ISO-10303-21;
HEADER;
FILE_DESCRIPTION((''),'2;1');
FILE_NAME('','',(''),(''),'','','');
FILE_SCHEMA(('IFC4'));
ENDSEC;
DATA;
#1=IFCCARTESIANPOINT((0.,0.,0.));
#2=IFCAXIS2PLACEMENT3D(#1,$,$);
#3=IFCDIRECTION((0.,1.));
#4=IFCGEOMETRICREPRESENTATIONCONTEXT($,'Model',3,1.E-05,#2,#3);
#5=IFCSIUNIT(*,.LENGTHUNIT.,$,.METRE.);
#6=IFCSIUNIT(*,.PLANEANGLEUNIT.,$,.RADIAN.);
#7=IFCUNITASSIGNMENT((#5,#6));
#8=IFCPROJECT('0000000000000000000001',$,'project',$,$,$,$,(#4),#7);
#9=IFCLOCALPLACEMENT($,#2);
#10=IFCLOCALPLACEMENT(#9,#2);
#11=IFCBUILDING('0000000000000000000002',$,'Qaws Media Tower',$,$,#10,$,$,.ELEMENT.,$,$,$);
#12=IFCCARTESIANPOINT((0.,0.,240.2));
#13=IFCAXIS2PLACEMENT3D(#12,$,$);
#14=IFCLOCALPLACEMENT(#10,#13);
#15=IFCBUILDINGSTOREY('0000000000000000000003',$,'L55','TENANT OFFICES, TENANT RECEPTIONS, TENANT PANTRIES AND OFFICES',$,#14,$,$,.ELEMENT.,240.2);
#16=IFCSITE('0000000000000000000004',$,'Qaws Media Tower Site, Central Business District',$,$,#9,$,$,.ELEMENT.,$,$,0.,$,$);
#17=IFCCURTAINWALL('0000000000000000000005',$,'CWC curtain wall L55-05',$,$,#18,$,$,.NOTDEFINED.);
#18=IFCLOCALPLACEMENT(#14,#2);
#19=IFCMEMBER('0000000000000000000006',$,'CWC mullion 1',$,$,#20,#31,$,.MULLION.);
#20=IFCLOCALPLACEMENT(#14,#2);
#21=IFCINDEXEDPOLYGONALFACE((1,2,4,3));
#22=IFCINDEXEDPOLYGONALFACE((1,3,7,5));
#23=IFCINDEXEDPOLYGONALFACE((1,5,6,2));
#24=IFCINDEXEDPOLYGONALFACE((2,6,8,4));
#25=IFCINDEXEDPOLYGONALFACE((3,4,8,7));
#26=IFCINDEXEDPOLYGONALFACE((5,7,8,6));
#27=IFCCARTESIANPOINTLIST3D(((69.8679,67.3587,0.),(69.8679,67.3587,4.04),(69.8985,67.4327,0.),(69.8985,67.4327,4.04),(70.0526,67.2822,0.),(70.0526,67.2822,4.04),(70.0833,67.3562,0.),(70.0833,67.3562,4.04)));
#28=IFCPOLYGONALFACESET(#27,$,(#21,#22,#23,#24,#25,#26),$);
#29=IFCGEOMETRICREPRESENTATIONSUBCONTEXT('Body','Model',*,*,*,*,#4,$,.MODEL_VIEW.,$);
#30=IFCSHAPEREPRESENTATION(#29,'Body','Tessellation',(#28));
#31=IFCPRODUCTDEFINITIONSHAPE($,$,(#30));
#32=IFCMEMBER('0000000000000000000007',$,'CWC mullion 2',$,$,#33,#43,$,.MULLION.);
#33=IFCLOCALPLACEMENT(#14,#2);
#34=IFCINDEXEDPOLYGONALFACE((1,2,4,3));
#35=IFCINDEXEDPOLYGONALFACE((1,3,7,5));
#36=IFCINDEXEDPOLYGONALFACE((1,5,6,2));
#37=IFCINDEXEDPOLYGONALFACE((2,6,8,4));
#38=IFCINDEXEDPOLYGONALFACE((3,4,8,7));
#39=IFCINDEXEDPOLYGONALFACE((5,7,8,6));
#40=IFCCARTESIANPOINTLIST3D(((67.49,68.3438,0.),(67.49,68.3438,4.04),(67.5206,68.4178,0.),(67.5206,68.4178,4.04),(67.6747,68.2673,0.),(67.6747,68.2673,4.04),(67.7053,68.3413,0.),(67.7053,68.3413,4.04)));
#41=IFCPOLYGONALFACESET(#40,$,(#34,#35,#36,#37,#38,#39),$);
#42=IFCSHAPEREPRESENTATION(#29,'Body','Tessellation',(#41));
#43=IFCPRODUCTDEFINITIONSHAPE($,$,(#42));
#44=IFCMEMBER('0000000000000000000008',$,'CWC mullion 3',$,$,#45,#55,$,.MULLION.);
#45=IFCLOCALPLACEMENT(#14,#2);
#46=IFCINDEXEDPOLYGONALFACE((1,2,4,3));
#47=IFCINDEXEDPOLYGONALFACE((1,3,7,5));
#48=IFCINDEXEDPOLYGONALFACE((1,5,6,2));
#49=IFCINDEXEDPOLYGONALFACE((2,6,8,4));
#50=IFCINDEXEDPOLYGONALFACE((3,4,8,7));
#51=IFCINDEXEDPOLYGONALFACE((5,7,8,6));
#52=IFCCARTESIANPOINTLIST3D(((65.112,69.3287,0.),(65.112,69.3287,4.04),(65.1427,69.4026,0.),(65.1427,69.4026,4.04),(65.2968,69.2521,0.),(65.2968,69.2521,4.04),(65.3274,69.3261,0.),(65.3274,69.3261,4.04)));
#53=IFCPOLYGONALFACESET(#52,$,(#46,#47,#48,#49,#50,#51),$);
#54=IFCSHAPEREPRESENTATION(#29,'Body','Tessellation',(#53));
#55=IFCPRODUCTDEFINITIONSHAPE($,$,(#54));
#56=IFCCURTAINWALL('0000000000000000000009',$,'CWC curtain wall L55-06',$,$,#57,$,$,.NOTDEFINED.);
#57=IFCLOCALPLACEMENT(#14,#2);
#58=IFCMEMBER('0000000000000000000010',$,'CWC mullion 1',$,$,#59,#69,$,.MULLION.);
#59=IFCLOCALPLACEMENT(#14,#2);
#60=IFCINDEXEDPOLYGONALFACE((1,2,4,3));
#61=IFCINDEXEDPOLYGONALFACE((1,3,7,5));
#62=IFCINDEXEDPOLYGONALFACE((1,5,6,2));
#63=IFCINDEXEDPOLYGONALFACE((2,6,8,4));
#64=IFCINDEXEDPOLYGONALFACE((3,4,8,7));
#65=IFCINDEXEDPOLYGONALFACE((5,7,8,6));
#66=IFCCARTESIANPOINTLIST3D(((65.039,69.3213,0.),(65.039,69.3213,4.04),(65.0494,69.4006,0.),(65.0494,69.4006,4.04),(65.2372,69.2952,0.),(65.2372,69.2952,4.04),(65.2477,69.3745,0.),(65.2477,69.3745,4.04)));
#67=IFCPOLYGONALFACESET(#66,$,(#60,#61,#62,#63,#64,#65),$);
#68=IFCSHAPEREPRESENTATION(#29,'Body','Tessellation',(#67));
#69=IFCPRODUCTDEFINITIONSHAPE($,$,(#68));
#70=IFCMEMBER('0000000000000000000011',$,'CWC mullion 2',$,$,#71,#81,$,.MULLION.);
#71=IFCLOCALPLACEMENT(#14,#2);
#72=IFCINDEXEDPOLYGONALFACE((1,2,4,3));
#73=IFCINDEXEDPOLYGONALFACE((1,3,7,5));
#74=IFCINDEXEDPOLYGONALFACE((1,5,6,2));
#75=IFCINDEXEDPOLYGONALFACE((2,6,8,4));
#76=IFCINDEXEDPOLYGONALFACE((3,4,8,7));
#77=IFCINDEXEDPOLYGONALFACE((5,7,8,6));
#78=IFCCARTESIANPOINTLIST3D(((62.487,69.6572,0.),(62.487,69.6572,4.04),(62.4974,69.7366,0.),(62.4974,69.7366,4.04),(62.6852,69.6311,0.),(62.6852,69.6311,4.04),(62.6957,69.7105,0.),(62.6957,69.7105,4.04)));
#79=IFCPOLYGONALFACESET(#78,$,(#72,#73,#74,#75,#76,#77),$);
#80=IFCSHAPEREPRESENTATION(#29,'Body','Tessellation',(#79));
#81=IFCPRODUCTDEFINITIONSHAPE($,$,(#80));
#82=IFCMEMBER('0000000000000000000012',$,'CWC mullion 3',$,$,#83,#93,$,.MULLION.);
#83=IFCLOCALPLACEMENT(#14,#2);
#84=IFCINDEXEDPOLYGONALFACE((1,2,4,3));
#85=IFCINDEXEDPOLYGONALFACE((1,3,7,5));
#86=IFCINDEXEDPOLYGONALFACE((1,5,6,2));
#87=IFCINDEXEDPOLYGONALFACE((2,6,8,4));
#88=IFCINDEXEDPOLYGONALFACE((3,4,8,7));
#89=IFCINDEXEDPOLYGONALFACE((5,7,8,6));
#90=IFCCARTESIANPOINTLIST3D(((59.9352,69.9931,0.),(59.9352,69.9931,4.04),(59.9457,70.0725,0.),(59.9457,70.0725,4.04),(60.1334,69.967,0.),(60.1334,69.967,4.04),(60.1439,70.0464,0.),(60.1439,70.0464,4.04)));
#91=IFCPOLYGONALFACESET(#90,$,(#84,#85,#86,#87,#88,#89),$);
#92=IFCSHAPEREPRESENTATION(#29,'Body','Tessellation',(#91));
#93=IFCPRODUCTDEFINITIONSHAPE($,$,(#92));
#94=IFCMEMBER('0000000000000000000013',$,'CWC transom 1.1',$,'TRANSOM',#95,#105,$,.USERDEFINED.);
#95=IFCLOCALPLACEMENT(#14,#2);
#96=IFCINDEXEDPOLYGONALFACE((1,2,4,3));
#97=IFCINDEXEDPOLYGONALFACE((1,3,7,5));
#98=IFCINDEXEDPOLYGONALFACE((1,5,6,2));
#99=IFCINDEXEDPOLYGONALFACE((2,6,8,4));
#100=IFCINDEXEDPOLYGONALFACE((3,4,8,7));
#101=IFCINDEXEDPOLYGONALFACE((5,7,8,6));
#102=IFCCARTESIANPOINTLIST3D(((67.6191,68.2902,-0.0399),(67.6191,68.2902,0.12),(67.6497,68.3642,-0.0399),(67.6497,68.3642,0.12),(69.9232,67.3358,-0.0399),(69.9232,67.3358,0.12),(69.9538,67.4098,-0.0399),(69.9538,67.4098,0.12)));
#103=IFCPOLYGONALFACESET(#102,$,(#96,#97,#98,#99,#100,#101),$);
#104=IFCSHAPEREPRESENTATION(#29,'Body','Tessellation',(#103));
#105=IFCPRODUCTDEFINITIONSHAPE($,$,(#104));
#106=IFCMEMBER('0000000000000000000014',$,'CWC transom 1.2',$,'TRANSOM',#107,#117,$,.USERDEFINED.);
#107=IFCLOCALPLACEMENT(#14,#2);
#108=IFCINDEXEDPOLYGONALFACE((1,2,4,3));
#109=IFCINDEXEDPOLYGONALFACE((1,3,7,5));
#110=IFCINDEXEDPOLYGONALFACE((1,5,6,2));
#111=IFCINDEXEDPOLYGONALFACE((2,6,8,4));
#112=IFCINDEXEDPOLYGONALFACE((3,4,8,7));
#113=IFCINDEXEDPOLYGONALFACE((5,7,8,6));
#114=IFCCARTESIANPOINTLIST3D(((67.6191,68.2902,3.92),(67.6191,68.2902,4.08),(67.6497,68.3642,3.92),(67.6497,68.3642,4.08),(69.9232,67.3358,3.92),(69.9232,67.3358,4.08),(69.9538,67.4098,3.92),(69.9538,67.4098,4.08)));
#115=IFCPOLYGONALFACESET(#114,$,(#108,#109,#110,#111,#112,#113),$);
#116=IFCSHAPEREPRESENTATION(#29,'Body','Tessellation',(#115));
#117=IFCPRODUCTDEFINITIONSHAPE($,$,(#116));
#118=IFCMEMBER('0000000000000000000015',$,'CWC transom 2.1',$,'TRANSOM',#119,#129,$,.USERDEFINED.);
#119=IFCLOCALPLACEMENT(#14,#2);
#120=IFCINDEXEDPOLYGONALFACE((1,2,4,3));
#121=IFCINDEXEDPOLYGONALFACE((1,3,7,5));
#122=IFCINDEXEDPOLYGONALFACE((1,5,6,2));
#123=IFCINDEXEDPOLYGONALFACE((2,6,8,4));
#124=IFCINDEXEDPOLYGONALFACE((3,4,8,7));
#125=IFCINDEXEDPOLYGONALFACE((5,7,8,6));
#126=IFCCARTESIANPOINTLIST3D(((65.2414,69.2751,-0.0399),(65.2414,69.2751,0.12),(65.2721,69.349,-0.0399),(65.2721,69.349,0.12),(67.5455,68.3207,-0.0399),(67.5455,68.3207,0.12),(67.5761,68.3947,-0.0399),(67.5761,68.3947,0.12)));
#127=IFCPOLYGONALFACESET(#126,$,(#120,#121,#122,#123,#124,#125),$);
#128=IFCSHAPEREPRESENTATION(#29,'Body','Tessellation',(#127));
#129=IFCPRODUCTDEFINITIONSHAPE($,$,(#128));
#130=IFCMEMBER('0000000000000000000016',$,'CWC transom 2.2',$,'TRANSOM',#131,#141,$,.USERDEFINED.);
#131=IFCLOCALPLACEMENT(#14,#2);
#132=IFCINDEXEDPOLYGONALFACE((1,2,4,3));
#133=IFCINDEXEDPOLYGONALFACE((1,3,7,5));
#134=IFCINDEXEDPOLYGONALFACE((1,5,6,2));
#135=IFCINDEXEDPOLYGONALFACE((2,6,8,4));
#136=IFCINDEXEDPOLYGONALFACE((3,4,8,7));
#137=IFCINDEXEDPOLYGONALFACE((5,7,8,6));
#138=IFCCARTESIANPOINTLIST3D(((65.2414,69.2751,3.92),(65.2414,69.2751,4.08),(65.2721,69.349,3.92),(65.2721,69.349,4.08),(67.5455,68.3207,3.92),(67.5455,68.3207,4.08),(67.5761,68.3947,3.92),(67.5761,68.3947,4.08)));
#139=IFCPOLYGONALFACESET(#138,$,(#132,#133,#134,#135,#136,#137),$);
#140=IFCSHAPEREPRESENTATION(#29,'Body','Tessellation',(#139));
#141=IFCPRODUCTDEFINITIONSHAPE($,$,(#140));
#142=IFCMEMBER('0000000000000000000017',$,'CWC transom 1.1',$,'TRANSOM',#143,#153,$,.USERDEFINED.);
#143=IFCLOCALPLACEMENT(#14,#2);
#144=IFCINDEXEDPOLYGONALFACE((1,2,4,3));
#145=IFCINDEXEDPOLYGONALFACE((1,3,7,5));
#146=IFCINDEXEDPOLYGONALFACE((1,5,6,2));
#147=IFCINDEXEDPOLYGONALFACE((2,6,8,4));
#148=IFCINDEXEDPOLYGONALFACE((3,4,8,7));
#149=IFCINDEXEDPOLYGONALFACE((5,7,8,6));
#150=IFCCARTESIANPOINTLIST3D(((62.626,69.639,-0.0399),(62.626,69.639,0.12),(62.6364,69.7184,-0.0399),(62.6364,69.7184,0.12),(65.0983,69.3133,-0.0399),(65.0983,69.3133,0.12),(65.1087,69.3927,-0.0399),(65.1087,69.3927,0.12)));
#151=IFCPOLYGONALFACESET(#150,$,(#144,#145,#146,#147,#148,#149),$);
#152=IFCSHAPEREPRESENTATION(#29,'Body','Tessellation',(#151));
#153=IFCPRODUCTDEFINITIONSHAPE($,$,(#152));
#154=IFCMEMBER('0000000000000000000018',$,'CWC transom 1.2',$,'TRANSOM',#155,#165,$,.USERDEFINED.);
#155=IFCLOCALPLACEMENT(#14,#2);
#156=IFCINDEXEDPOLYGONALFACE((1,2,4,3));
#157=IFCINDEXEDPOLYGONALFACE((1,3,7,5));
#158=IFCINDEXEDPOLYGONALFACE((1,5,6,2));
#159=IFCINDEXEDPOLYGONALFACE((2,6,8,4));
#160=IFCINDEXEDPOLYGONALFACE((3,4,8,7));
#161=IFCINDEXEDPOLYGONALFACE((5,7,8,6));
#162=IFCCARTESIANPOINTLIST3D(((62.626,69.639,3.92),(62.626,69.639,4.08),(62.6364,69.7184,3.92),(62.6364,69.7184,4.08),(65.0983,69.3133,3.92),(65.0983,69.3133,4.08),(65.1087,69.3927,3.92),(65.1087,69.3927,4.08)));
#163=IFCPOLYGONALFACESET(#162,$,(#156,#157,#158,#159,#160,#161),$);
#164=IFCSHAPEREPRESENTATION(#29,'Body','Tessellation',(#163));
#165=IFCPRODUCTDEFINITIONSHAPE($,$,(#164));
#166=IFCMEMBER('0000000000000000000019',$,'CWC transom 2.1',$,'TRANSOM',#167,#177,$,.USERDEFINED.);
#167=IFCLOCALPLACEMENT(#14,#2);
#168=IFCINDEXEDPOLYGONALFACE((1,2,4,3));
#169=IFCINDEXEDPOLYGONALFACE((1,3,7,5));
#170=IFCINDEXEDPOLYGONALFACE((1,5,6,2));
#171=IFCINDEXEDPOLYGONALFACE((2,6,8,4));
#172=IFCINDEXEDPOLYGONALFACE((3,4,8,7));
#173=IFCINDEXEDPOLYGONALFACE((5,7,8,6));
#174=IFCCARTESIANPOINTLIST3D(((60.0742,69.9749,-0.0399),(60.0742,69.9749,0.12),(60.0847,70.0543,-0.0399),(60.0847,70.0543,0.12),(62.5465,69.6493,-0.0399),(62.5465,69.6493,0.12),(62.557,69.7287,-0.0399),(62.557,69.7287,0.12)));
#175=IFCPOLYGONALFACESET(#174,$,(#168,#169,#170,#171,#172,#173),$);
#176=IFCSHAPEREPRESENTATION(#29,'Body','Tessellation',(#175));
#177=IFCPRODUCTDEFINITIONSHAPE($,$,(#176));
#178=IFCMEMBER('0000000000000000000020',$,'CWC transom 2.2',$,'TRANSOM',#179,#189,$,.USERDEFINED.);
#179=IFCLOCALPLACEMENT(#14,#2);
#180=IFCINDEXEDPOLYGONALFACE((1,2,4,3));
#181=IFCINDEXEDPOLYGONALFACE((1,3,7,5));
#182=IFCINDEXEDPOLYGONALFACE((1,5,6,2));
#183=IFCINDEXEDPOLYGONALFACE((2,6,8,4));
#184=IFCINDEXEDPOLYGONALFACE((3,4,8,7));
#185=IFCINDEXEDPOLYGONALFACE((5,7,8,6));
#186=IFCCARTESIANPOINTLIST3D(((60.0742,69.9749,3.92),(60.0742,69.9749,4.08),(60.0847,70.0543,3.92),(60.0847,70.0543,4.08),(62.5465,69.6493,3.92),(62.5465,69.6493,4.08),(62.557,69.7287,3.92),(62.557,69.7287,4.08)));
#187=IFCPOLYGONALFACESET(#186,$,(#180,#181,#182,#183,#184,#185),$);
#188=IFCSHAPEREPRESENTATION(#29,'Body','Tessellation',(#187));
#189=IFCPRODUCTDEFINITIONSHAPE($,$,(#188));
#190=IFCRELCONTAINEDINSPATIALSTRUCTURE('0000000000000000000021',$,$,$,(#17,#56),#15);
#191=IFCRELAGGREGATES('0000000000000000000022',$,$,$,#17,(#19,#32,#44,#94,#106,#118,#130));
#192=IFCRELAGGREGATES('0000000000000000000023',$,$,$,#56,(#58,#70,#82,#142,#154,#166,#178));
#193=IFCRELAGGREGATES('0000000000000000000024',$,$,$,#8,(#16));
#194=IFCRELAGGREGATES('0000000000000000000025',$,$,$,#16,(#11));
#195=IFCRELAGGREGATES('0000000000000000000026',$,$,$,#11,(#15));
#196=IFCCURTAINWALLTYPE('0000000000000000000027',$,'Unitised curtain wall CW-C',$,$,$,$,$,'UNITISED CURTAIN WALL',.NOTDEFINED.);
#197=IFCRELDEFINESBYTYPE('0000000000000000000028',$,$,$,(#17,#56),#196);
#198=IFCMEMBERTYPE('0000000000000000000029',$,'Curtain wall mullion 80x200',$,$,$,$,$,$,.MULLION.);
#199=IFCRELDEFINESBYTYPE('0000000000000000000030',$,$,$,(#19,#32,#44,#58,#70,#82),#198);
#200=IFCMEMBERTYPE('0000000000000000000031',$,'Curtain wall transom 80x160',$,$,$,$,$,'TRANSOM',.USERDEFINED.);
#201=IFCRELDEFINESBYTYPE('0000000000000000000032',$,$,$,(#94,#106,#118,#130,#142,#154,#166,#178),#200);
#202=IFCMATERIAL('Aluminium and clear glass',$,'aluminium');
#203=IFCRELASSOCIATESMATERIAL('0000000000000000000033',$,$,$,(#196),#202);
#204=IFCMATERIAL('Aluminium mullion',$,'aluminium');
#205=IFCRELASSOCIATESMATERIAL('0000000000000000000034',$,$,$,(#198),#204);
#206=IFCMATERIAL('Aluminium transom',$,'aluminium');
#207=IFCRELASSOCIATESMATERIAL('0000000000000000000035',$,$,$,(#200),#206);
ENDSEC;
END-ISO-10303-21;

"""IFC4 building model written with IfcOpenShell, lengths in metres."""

from ifc_helpers import new_model, si_unit, direction, frame, origin, origin_2d, place, context, subcontext, project, spatial, rectangle, extrude, material, material_profile, profile_set, type_object, element, aggregate, save


model = new_model("IFC4")

# Units and contexts
model_context = context("Model", 3, precision=1e-05, world=origin(), true_north=direction((0.0, 1.0)))
body_context = subcontext(model_context, "Body", "Model", "MODEL_VIEW")
ifc_project = project(units=[si_unit("LENGTHUNIT", "METRE"), si_unit("PLANEANGLEUNIT", "RADIAN")], contexts=[model_context])

# Site, building, storey
site_placement = place(None, origin())
site = spatial("IfcSite", under=ifc_project, at=site_placement, Name="Qaws Media Tower Site, Central Business District", CompositionType="ELEMENT", RefElevation=0.0)
building_placement = place(site_placement, origin())
building = spatial("IfcBuilding", under=site, at=building_placement, Name="Qaws Media Tower", CompositionType="ELEMENT")
storey_placement = place(building_placement, frame((0.0, 0.0, 240.2)))
storey = spatial("IfcBuildingStorey", under=building, at=storey_placement, Name="L55", Description="TENANT OFFICES, TENANT RECEPTIONS, TENANT PANTRIES AND OFFICES", CompositionType="ELEMENT", Elevation=240.2)

# Curtain walls, members
ifc_material_1 = material(Name="Aluminium and clear glass", Category="aluminium")
curtain_wall_type = type_object("IfcCurtainWallType", Name="Unitised curtain wall CW-C", ElementType="UNITISED CURTAIN WALL", PredefinedType="NOTDEFINED", material=ifc_material_1)
curtain_wall_1_placement = place(storey_placement, origin())
curtain_wall_1 = element("IfcCurtainWall", 1, at=curtain_wall_1_placement, inside=storey, type_object=curtain_wall_type, Name="CWC curtain wall L55-05", PredefinedType="NOTDEFINED")
ifc_material_2 = material(Name="Aluminium mullion", Category="aluminium")
ifc_material_profile_1 = material_profile(ifc_material_2, rectangle(XDim=0.0801, YDim=0.2, at=origin_2d()), Name="80x200")
ifc_profile_set_1 = profile_set([ifc_material_profile_1], Name="Aluminium mullion")
member_type_1 = type_object("IfcMemberType", Name="Curtain wall mullion 80x200", PredefinedType="MULLION", material=ifc_profile_set_1)
member_1_placement = place(storey_placement, frame((69.9756, 67.3574, 0.0), z_axis=(0.0, 0.0, 1.0), x_axis=(-0.382683, -0.92388, 0.0)))
member_1 = element("IfcMember", 2, at=member_1_placement, type_object=member_type_1, Name="CWC mullion 1", PredefinedType="MULLION", context=body_context, shape_type="SweptSolid", body=[
    extrude(rectangle(XDim=0.0801, YDim=0.2, at=origin_2d()), origin(), (0.0, 0.0, 1.0), 4.04),
])
member_2_placement = place(storey_placement, frame((67.5977, 68.3425, 0.0), z_axis=(0.0, 0.0, 1.0), x_axis=(-0.382683, -0.92388, 0.0)))
member_2 = element("IfcMember", 3, at=member_2_placement, type_object=member_type_1, Name="CWC mullion 2", PredefinedType="MULLION", context=body_context, shape_type="SweptSolid", body=[
    extrude(rectangle(XDim=0.0801, YDim=0.2, at=origin_2d()), origin(), (0.0, 0.0, 1.0), 4.04),
])
member_3_placement = place(storey_placement, frame((65.2197, 69.3274, 0.0), z_axis=(0.0, 0.0, 1.0), x_axis=(-0.382683, -0.92388, 0.0)))
member_3 = element("IfcMember", 4, at=member_3_placement, type_object=member_type_1, Name="CWC mullion 3", PredefinedType="MULLION", context=body_context, shape_type="SweptSolid", body=[
    extrude(rectangle(XDim=0.0801, YDim=0.2, at=origin_2d()), origin(), (0.0, 0.0, 1.0), 4.04),
])
curtain_wall_2_placement = place(storey_placement, origin())
curtain_wall_2 = element("IfcCurtainWall", 5, at=curtain_wall_2_placement, inside=storey, type_object=curtain_wall_type, Name="CWC curtain wall L55-06", PredefinedType="NOTDEFINED")
member_4_placement = place(storey_placement, frame((65.1433, 69.3479, 0.0), z_axis=(0.0, 0.0, 1.0), x_axis=(-0.130526, -0.991445, 0.0)))
member_4 = element("IfcMember", 6, at=member_4_placement, type_object=member_type_1, Name="CWC mullion 1", PredefinedType="MULLION", context=body_context, shape_type="SweptSolid", body=[
    extrude(rectangle(XDim=0.0801, YDim=0.2, at=origin_2d()), origin(), (0.0, 0.0, 1.0), 4.04),
])
member_5_placement = place(storey_placement, frame((62.5913, 69.6838, 0.0), z_axis=(0.0, 0.0, 1.0), x_axis=(-0.130526, -0.991445, 0.0)))
member_5 = element("IfcMember", 7, at=member_5_placement, type_object=member_type_1, Name="CWC mullion 2", PredefinedType="MULLION", context=body_context, shape_type="SweptSolid", body=[
    extrude(rectangle(XDim=0.0801, YDim=0.2, at=origin_2d()), origin(), (0.0, 0.0, 1.0), 4.04),
])
member_6_placement = place(storey_placement, frame((60.0396, 70.0198, 0.0), z_axis=(0.0, 0.0, 1.0), x_axis=(-0.130526, -0.991445, 0.0)))
member_6 = element("IfcMember", 8, at=member_6_placement, type_object=member_type_1, Name="CWC mullion 3", PredefinedType="MULLION", context=body_context, shape_type="SweptSolid", body=[
    extrude(rectangle(XDim=0.0801, YDim=0.2, at=origin_2d()), origin(), (0.0, 0.0, 1.0), 4.04),
])

# Members
ifc_material_3 = material(Name="Aluminium transom", Category="aluminium")
ifc_material_profile_2 = material_profile(ifc_material_3, rectangle(XDim=0.0801, YDim=0.1599, at=origin_2d()), Name="80x160")
ifc_profile_set_2 = profile_set([ifc_material_profile_2], Name="Aluminium transom")
member_type_2 = type_object("IfcMemberType", Name="Curtain wall transom 80x160", ElementType="TRANSOM", PredefinedType="USERDEFINED", material=ifc_profile_set_2)
member_7_placement = place(storey_placement, frame((69.9385, 67.3728, 0.04), z_axis=(-0.923877, 0.382689, 0.0), x_axis=(-0.382689, -0.923877, 0.0)))
member_7 = element("IfcMember", 9, at=member_7_placement, type_object=member_type_2, Name="CWC transom 1.1", ObjectType="TRANSOM", PredefinedType="USERDEFINED", context=body_context, shape_type="SweptSolid", body=[
    extrude(rectangle(XDim=0.0801, YDim=0.1599, at=origin_2d()), origin(), (0.0, 0.0, 1.0), 2.4939),
])
member_8_placement = place(storey_placement, frame((69.9385, 67.3728, 4.0), z_axis=(-0.923877, 0.382689, 0.0), x_axis=(-0.382689, -0.923877, 0.0)))
member_8 = element("IfcMember", 10, at=member_8_placement, type_object=member_type_2, Name="CWC transom 1.2", ObjectType="TRANSOM", PredefinedType="USERDEFINED", context=body_context, shape_type="SweptSolid", body=[
    extrude(rectangle(XDim=0.0801, YDim=0.1599, at=origin_2d()), origin(), (0.0, 0.0, 1.0), 2.4939),
])
member_9_placement = place(storey_placement, frame((67.5608, 68.3577, 0.04), z_axis=(-0.923877, 0.382689, 0.0), x_axis=(-0.382689, -0.923877, 0.0)))
member_9 = element("IfcMember", 11, at=member_9_placement, type_object=member_type_2, Name="CWC transom 2.1", ObjectType="TRANSOM", PredefinedType="USERDEFINED", context=body_context, shape_type="SweptSolid", body=[
    extrude(rectangle(XDim=0.0801, YDim=0.1599, at=origin_2d()), origin(), (0.0, 0.0, 1.0), 2.4939),
])
member_10_placement = place(storey_placement, frame((67.5608, 68.3577, 4.0), z_axis=(-0.923877, 0.382689, 0.0), x_axis=(-0.382689, -0.923877, 0.0)))
member_10 = element("IfcMember", 12, at=member_10_placement, type_object=member_type_2, Name="CWC transom 2.2", ObjectType="TRANSOM", PredefinedType="USERDEFINED", context=body_context, shape_type="SweptSolid", body=[
    extrude(rectangle(XDim=0.0801, YDim=0.1599, at=origin_2d()), origin(), (0.0, 0.0, 1.0), 2.4939),
])
member_11_placement = place(storey_placement, frame((65.1035, 69.353, 0.04), z_axis=(-0.991435, 0.130599, 0.0), x_axis=(-0.130599, -0.991435, 0.0)))
member_11 = element("IfcMember", 13, at=member_11_placement, type_object=member_type_2, Name="CWC transom 1.1", ObjectType="TRANSOM", PredefinedType="USERDEFINED", context=body_context, shape_type="SweptSolid", body=[
    extrude(rectangle(XDim=0.0801, YDim=0.1599, at=origin_2d()), origin(), (0.0, 0.0, 1.0), 2.4937),
])
member_12_placement = place(storey_placement, frame((65.1035, 69.353, 4.0), z_axis=(-0.991435, 0.130599, 0.0), x_axis=(-0.130599, -0.991435, 0.0)))
member_12 = element("IfcMember", 14, at=member_12_placement, type_object=member_type_2, Name="CWC transom 1.2", ObjectType="TRANSOM", PredefinedType="USERDEFINED", context=body_context, shape_type="SweptSolid", body=[
    extrude(rectangle(XDim=0.0801, YDim=0.1599, at=origin_2d()), origin(), (0.0, 0.0, 1.0), 2.4937),
])
member_13_placement = place(storey_placement, frame((62.5518, 69.689, 0.04), z_axis=(-0.991435, 0.130599, 0.0), x_axis=(-0.130599, -0.991435, 0.0)))
member_13 = element("IfcMember", 15, at=member_13_placement, type_object=member_type_2, Name="CWC transom 2.1", ObjectType="TRANSOM", PredefinedType="USERDEFINED", context=body_context, shape_type="SweptSolid", body=[
    extrude(rectangle(XDim=0.0801, YDim=0.1599, at=origin_2d()), origin(), (0.0, 0.0, 1.0), 2.4937),
])
member_14_placement = place(storey_placement, frame((62.5518, 69.689, 4.0), z_axis=(-0.991435, 0.130599, 0.0), x_axis=(-0.130599, -0.991435, 0.0)))
member_14 = element("IfcMember", 16, at=member_14_placement, type_object=member_type_2, Name="CWC transom 2.2", ObjectType="TRANSOM", PredefinedType="USERDEFINED", context=body_context, shape_type="SweptSolid", body=[
    extrude(rectangle(XDim=0.0801, YDim=0.1599, at=origin_2d()), origin(), (0.0, 0.0, 1.0), 2.4937),
])

aggregate(curtain_wall_1, [member_1, member_2, member_3, member_7, member_8, member_9, member_10])
aggregate(curtain_wall_2, [member_4, member_5, member_6, member_11, member_12, member_13, member_14])

save(model, "model.ifc")
